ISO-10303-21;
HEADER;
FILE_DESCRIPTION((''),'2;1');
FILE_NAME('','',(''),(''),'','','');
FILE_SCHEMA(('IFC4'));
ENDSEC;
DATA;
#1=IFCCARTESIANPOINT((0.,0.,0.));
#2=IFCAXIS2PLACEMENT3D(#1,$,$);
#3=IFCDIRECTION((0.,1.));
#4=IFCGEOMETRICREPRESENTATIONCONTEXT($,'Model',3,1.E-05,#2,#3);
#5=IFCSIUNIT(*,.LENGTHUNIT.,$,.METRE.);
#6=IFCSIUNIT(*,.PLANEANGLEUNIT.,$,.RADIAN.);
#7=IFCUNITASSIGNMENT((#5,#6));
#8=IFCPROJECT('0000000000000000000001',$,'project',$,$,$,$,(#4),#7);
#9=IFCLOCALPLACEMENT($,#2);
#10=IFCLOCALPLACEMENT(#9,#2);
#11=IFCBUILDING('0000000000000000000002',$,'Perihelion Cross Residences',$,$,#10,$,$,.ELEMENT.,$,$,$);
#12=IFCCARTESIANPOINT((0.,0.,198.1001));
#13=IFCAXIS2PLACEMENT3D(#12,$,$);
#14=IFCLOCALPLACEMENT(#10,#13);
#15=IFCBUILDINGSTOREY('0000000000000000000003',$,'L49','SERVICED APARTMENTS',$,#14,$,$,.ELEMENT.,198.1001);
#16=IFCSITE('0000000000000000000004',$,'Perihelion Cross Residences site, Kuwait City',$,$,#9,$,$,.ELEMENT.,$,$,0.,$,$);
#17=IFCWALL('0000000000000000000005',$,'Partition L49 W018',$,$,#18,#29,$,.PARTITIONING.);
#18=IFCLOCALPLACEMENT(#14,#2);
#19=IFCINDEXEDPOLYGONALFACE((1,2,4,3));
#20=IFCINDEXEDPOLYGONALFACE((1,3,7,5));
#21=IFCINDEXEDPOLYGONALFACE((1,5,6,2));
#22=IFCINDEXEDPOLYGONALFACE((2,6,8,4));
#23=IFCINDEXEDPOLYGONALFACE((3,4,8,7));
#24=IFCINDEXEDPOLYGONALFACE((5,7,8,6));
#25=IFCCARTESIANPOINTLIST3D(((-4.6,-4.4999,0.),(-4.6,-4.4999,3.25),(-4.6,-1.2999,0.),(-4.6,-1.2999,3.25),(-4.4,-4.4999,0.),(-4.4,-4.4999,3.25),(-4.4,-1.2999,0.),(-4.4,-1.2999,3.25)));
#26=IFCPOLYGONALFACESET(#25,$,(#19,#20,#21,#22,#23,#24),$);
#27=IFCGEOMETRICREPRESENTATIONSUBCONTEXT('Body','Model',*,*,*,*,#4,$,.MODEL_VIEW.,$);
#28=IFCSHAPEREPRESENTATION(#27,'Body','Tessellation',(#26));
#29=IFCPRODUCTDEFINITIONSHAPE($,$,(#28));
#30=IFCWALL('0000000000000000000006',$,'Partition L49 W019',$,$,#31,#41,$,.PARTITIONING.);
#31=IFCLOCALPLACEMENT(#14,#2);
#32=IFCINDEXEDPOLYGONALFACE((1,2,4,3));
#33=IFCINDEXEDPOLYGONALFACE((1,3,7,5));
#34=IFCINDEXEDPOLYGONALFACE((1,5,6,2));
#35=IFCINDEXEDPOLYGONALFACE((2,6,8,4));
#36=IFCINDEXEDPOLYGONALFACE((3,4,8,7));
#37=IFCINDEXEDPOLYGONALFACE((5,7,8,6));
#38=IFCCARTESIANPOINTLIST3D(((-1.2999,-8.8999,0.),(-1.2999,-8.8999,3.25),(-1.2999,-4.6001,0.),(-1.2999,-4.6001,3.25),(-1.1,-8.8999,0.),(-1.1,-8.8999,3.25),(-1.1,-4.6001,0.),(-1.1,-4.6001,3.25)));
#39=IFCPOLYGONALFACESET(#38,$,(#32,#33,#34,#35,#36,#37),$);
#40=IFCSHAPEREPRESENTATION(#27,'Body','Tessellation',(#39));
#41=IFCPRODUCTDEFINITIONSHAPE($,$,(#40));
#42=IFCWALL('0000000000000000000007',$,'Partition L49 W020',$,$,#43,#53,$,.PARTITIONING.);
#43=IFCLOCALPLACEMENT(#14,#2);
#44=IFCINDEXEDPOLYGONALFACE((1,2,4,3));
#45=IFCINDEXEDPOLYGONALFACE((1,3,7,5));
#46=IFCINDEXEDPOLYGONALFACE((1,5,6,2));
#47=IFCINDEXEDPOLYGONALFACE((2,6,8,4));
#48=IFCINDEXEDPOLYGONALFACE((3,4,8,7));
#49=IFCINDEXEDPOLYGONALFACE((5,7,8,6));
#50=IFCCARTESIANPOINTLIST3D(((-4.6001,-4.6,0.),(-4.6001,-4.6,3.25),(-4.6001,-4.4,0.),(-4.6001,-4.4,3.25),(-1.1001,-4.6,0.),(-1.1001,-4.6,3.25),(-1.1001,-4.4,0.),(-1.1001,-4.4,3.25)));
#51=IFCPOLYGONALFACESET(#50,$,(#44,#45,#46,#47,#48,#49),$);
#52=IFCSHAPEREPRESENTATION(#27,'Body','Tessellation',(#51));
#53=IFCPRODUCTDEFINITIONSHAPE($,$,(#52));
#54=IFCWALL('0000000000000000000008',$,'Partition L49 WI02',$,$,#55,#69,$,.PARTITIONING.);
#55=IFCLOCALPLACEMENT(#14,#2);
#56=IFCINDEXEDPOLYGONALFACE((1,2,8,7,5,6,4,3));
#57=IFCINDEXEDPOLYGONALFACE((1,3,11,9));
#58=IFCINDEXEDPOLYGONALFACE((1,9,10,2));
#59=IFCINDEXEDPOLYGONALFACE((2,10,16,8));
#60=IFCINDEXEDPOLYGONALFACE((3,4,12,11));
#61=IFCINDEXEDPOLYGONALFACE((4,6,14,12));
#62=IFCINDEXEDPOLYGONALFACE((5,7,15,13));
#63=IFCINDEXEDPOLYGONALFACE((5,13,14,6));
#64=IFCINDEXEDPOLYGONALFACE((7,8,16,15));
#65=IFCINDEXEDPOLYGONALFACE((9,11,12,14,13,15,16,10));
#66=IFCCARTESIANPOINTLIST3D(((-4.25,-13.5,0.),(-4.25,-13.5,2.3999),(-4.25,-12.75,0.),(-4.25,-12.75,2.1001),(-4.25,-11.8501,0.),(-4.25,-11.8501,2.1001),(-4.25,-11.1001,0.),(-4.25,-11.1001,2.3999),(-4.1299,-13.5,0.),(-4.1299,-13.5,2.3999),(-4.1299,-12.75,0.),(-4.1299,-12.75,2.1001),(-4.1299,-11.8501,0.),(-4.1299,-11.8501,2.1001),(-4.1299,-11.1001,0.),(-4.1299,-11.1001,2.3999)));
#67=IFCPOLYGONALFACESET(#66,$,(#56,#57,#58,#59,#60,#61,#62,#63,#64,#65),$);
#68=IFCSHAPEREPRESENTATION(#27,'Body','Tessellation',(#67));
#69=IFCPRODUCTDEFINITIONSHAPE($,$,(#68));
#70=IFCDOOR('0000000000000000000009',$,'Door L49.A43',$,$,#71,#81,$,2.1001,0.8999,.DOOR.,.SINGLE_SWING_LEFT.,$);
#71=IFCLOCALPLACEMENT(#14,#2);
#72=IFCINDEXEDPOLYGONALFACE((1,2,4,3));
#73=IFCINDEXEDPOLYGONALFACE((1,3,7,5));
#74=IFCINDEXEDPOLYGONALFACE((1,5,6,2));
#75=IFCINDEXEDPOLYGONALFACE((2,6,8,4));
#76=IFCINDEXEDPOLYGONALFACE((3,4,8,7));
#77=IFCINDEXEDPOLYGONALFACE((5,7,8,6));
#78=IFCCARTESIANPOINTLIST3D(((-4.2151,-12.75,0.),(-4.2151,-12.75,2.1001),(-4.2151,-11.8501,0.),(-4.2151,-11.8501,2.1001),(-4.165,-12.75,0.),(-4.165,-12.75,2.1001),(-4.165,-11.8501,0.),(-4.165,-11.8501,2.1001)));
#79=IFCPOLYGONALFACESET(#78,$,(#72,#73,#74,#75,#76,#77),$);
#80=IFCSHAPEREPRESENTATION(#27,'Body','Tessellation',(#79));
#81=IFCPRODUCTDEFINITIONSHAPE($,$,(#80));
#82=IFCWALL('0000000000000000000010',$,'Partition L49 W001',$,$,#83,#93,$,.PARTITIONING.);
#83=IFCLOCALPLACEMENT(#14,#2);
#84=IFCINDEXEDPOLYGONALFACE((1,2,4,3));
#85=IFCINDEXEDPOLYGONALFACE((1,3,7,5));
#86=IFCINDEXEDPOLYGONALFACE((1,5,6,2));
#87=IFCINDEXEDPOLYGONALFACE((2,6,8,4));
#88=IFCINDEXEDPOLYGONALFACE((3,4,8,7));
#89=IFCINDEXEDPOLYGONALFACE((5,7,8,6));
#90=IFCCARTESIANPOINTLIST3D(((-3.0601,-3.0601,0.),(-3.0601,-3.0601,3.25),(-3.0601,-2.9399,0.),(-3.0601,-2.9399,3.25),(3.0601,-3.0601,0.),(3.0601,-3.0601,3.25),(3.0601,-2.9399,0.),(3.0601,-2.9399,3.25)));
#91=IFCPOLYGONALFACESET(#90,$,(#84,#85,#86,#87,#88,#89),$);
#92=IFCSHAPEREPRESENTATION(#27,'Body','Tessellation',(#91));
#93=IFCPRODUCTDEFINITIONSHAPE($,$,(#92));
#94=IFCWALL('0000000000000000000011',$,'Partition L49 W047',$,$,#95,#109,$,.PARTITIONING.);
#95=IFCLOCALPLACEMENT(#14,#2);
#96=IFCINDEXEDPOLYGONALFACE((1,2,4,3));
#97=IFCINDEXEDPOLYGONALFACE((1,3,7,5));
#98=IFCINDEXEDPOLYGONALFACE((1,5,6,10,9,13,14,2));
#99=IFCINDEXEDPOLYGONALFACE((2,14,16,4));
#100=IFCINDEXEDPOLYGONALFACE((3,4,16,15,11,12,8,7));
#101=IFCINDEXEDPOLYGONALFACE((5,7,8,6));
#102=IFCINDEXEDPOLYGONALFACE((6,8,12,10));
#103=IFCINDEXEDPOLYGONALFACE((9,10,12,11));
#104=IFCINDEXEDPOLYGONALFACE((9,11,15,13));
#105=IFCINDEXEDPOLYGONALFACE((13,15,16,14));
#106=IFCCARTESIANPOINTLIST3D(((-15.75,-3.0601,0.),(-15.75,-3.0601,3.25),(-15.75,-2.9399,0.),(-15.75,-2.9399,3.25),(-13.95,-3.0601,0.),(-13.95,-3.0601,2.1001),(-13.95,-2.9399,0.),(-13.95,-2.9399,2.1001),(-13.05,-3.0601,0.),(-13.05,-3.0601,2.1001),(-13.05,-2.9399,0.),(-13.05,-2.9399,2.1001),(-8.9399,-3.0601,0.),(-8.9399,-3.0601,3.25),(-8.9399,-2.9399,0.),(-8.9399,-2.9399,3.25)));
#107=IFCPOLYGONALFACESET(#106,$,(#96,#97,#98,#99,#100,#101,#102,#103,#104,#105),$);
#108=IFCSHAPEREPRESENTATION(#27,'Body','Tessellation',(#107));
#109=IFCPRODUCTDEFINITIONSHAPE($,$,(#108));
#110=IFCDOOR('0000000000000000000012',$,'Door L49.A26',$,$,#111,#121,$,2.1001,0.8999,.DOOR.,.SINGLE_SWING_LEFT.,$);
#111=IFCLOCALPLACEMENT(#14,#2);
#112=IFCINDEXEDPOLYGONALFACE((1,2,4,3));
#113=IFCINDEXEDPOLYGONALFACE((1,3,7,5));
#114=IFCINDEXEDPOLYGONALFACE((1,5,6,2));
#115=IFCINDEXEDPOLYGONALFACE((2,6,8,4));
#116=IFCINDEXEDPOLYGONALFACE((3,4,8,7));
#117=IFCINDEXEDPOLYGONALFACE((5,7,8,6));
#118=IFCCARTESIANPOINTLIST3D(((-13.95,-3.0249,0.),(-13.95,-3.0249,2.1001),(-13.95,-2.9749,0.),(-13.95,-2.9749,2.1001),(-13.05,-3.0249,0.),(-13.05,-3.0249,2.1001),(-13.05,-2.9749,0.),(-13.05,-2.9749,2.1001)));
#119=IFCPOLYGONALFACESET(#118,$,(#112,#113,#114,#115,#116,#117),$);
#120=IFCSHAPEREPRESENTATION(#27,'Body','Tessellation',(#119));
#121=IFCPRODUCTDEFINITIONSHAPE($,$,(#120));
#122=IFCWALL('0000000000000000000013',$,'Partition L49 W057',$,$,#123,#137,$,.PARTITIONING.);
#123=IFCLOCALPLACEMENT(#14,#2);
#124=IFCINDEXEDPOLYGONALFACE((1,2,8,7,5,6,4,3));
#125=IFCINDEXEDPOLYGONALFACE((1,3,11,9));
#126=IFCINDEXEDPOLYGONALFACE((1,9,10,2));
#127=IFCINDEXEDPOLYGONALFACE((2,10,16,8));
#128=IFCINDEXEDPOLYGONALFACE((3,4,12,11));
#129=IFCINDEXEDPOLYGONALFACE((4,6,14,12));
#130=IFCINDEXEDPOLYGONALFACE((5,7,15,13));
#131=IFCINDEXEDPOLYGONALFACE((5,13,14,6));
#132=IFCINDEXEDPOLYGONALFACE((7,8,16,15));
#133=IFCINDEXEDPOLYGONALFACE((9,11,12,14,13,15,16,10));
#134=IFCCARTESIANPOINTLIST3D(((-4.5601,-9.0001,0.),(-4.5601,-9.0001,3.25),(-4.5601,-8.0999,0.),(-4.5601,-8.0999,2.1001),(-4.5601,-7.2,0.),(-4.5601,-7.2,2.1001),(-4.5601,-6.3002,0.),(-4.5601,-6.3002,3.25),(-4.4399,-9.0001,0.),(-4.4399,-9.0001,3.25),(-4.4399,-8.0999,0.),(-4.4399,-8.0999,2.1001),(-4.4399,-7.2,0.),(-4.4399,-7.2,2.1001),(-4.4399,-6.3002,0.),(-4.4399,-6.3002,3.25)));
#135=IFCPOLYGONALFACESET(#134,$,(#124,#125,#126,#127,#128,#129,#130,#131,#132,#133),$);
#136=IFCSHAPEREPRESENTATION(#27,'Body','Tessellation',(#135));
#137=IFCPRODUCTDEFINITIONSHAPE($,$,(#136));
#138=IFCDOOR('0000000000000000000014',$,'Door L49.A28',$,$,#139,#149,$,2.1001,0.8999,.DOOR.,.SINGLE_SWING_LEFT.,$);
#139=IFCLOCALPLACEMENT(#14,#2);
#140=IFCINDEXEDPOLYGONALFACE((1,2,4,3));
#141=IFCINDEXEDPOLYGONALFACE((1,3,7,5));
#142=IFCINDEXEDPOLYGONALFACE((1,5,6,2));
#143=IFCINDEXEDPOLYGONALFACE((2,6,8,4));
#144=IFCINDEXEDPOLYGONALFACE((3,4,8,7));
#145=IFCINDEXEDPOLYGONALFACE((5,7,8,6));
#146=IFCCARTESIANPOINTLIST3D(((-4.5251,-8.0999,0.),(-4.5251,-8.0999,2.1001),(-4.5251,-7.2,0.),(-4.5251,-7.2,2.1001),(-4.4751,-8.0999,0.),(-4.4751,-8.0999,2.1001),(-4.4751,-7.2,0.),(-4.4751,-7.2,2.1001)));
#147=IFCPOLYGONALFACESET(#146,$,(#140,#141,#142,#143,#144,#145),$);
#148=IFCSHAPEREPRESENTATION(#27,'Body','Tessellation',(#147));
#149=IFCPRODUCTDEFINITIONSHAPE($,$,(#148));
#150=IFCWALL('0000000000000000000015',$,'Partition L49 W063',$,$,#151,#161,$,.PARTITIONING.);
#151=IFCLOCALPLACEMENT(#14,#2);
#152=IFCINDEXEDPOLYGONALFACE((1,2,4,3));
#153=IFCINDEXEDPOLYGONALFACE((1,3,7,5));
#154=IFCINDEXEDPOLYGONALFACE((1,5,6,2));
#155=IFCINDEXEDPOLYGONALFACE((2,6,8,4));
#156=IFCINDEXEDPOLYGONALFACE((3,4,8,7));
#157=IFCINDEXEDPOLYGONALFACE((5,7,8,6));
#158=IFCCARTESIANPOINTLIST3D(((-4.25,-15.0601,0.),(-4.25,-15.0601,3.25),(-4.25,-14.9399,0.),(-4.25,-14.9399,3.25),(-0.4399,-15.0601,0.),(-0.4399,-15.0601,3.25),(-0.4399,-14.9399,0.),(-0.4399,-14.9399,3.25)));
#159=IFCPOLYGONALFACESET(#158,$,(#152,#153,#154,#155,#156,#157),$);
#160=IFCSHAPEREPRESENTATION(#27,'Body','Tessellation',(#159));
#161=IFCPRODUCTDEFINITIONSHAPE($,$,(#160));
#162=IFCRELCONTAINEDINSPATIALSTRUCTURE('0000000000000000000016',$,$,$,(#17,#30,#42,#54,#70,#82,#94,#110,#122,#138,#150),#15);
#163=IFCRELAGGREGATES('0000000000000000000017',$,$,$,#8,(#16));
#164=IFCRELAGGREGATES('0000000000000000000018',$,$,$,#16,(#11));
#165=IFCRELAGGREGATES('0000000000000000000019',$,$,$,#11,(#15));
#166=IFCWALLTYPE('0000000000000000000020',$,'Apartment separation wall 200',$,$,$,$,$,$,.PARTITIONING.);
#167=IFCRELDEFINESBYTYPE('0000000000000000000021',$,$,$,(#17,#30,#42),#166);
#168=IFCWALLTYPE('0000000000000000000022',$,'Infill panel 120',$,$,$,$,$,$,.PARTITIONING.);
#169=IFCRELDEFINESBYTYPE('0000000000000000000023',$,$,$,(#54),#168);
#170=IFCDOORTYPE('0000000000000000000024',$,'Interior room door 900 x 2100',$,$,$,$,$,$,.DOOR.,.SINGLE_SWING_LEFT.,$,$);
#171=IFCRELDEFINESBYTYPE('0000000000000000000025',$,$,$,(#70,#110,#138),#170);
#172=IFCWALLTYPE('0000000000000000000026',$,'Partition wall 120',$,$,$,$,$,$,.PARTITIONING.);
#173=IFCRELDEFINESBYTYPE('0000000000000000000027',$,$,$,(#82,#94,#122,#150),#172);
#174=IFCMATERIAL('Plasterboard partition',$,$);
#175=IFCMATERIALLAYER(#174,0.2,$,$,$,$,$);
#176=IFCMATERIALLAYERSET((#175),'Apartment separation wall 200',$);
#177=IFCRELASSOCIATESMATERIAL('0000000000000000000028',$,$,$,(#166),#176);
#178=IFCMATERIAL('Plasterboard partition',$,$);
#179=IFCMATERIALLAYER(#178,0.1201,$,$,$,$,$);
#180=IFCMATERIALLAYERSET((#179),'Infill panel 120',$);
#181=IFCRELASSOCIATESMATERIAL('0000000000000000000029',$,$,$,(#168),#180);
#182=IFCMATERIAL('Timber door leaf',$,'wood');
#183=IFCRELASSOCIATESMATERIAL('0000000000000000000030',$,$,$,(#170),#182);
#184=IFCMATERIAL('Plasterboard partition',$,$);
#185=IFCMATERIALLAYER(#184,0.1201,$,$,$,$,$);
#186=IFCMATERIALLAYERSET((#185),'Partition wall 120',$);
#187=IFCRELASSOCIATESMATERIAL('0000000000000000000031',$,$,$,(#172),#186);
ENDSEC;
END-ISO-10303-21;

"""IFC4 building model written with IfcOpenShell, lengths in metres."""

from ifc_helpers import new_model, si_unit, direction, frame, frame_2d, origin, place, context, subcontext, project, spatial, rectangle, extrude, material, layer, layer_set, type_object, element, fill, save


model = new_model("IFC4")

# Units and contexts
model_context = context("Model", 3, precision=1e-05, world=origin(), true_north=direction((0.0, 1.0)))
body_context = subcontext(model_context, "Body", "Model", "MODEL_VIEW")
ifc_project = project(units=[si_unit("LENGTHUNIT", "METRE"), si_unit("PLANEANGLEUNIT", "RADIAN")], contexts=[model_context])

# Site, building, storey
site_placement = place(None, origin())
site = spatial("IfcSite", under=ifc_project, at=site_placement, Name="Perihelion Cross Residences site, Kuwait City", CompositionType="ELEMENT", RefElevation=0.0)
building_placement = place(site_placement, origin())
building = spatial("IfcBuilding", under=site, at=building_placement, Name="Perihelion Cross Residences", CompositionType="ELEMENT")
storey_placement = place(building_placement, frame((0.0, 0.0, 198.1001)))
storey = spatial("IfcBuildingStorey", under=building, at=storey_placement, Name="L49", Description="SERVICED APARTMENTS", CompositionType="ELEMENT", Elevation=198.1001)

# Walls
ifc_material_1 = material(Name="Plasterboard partition")
ifc_layer_1 = layer(ifc_material_1, 0.2)
ifc_layer_set_1 = layer_set([ifc_layer_1], Name="Apartment separation wall 200")
wall_type_1 = type_object("IfcWallType", Name="Apartment separation wall 200", PredefinedType="PARTITIONING", material=ifc_layer_set_1)
wall_1_placement = place(storey_placement, frame((-4.5, -4.5, 0.0), z_axis=(0.0, 0.0, 1.0), x_axis=(0.0, 1.0, 0.0)))
element("IfcWall", 1, at=wall_1_placement, inside=storey, type_object=wall_type_1, Name="Partition L49 W018", PredefinedType="PARTITIONING", context=body_context, shape_type="SweptSolid", body=[
    extrude(rectangle(XDim=3.2, YDim=0.2, at=frame_2d((1.6001, 0.0))), origin(), (0.0, 0.0, 1.0), 3.25),
])
wall_2_placement = place(storey_placement, frame((-1.2, -8.8999, 0.0), z_axis=(0.0, 0.0, 1.0), x_axis=(0.0, 1.0, 0.0)))
element("IfcWall", 2, at=wall_2_placement, inside=storey, type_object=wall_type_1, Name="Partition L49 W019", PredefinedType="PARTITIONING", context=body_context, shape_type="SweptSolid", body=[
    extrude(rectangle(XDim=4.2998, YDim=0.2, at=frame_2d((2.1499, 0.0))), origin(), (0.0, 0.0, 1.0), 3.25),
])
wall_3_placement = place(storey_placement, frame((-1.1001, -4.5, 0.0), z_axis=(0.0, 0.0, 1.0), x_axis=(-1.0, 0.0, 0.0)))
element("IfcWall", 3, at=wall_3_placement, inside=storey, type_object=wall_type_1, Name="Partition L49 W020", PredefinedType="PARTITIONING", context=body_context, shape_type="SweptSolid", body=[
    extrude(rectangle(XDim=3.5, YDim=0.2, at=frame_2d((1.75, 0.0))), origin(), (0.0, 0.0, 1.0), 3.25),
])

# Wall, opening, door
ifc_material_2 = material(Name="Plasterboard partition")
ifc_layer_2 = layer(ifc_material_2, 0.1201)
ifc_layer_set_2 = layer_set([ifc_layer_2], Name="Infill panel 120")
wall_type_2 = type_object("IfcWallType", Name="Infill panel 120", PredefinedType="PARTITIONING", material=ifc_layer_set_2)
wall_4_placement = place(storey_placement, frame((-4.1899, -11.1001, 0.0), z_axis=(0.0, 0.0, 1.0), x_axis=(0.0, -1.0, 0.0)))
wall_4 = element("IfcWall", 4, at=wall_4_placement, inside=storey, type_object=wall_type_2, Name="Partition L49 WI02", PredefinedType="PARTITIONING", context=body_context, shape_type="SweptSolid", body=[
    extrude(rectangle(XDim=2.3999, YDim=0.1201, at=frame_2d((1.2, 0.0))), origin(), (0.0, 0.0, 1.0), 2.3999),
])
opening_1_placement = place(wall_4_placement, frame((0.75, 0.0, 0.0)))
opening_1 = element("IfcOpeningElement", 5, at=opening_1_placement, cuts=wall_4, PredefinedType="OPENING", context=body_context, shape_type="SweptSolid", body=[
    extrude(rectangle(XDim=0.8999, YDim=2.1001, at=frame_2d((0.45, 1.05))), frame((0.0, 0.0701, 0.0), z_axis=(0.0, -1.0, 0.0), x_axis=(1.0, 0.0, 0.0)), (0.0, 0.0, 1.0), 0.1401),
])
ifc_material_3 = material(Name="Timber door leaf", Category="wood")
door_type_1 = type_object("IfcDoorType", Name="Interior room door 900 x 2100", OperationType="SINGLE_SWING_LEFT", PredefinedType="DOOR", material=ifc_material_3)
door_1_placement = place(opening_1_placement, origin())
door_1 = element("IfcDoor", 6, at=door_1_placement, inside=storey, type_object=door_type_1, Name="Door L49.A43", OperationType="SINGLE_SWING_LEFT", OverallHeight=2.1001, OverallWidth=0.8999, PredefinedType="DOOR", context=body_context, shape_type="SweptSolid", body=[
    extrude(rectangle(XDim=0.8999, YDim=2.1001, at=frame_2d((0.45, 1.05))), frame((0.0, 0.0249, 0.0), z_axis=(0.0, -1.0, 0.0), x_axis=(1.0, 0.0, 0.0)), (0.0, 0.0, 1.0), 0.05),
])
fill(opening_1, door_1)

# Wall
ifc_material_4 = material(Name="Plasterboard partition")
ifc_layer_3 = layer(ifc_material_4, 0.1201)
ifc_layer_set_3 = layer_set([ifc_layer_3], Name="Partition wall 120")
wall_type_3 = type_object("IfcWallType", Name="Partition wall 120", PredefinedType="PARTITIONING", material=ifc_layer_set_3)
wall_5_placement = place(storey_placement, frame((-3.0601, -3.0, 0.0), z_axis=(0.0, 0.0, 1.0), x_axis=(1.0, 0.0, 0.0)))
element("IfcWall", 7, at=wall_5_placement, inside=storey, type_object=wall_type_3, Name="Partition L49 W001", PredefinedType="PARTITIONING", context=body_context, shape_type="SweptSolid", body=[
    extrude(rectangle(XDim=6.1201, YDim=0.1201, at=frame_2d((3.0601, 0.0))), origin(), (0.0, 0.0, 1.0), 3.25),
])

# Walls, openings, doors
wall_6_placement = place(storey_placement, frame((-8.9399, -3.0, 0.0), z_axis=(0.0, 0.0, 1.0), x_axis=(-1.0, 0.0, 0.0)))
wall_6 = element("IfcWall", 8, at=wall_6_placement, inside=storey, type_object=wall_type_3, Name="Partition L49 W047", PredefinedType="PARTITIONING", context=body_context, shape_type="SweptSolid", body=[
    extrude(rectangle(XDim=6.8101, YDim=0.1201, at=frame_2d((3.405, 0.0))), origin(), (0.0, 0.0, 1.0), 3.25),
])
opening_2_placement = place(wall_6_placement, frame((4.1101, 0.0, 0.0)))
opening_2 = element("IfcOpeningElement", 9, at=opening_2_placement, cuts=wall_6, PredefinedType="OPENING", context=body_context, shape_type="SweptSolid", body=[
    extrude(rectangle(XDim=0.8999, YDim=2.1001, at=frame_2d((0.45, 1.05))), frame((0.0, 0.0701, 0.0), z_axis=(0.0, -1.0, 0.0), x_axis=(1.0, 0.0, 0.0)), (0.0, 0.0, 1.0), 0.1401),
])
door_2_placement = place(opening_2_placement, origin())
door_2 = element("IfcDoor", 10, at=door_2_placement, inside=storey, type_object=door_type_1, Name="Door L49.A26", OperationType="SINGLE_SWING_LEFT", OverallHeight=2.1001, OverallWidth=0.8999, PredefinedType="DOOR", context=body_context, shape_type="SweptSolid", body=[
    extrude(rectangle(XDim=0.8999, YDim=2.1001, at=frame_2d((0.45, 1.05))), frame((0.0, 0.0249, 0.0), z_axis=(0.0, -1.0, 0.0), x_axis=(1.0, 0.0, 0.0)), (0.0, 0.0, 1.0), 0.05),
])
fill(opening_2, door_2)
wall_7_placement = place(storey_placement, frame((-4.5, -6.3, 0.0), z_axis=(0.0, 0.0, 1.0), x_axis=(0.0, -1.0, 0.0)))
wall_7 = element("IfcWall", 11, at=wall_7_placement, inside=storey, type_object=wall_type_3, Name="Partition L49 W057", PredefinedType="PARTITIONING", context=body_context, shape_type="SweptSolid", body=[
    extrude(rectangle(XDim=2.7, YDim=0.1201, at=frame_2d((1.3501, 0.0))), origin(), (0.0, 0.0, 1.0), 3.25),
])
opening_3_placement = place(wall_7_placement, frame((0.8999, 0.0, 0.0)))
opening_3 = element("IfcOpeningElement", 12, at=opening_3_placement, cuts=wall_7, PredefinedType="OPENING", context=body_context, shape_type="SweptSolid", body=[
    extrude(rectangle(XDim=0.8999, YDim=2.1001, at=frame_2d((0.45, 1.05))), frame((0.0, 0.0701, 0.0), z_axis=(0.0, -1.0, 0.0), x_axis=(1.0, 0.0, 0.0)), (0.0, 0.0, 1.0), 0.1401),
])
door_3_placement = place(opening_3_placement, origin())
door_3 = element("IfcDoor", 13, at=door_3_placement, inside=storey, type_object=door_type_1, Name="Door L49.A28", OperationType="SINGLE_SWING_LEFT", OverallHeight=2.1001, OverallWidth=0.8999, PredefinedType="DOOR", context=body_context, shape_type="SweptSolid", body=[
    extrude(rectangle(XDim=0.8999, YDim=2.1001, at=frame_2d((0.45, 1.05))), frame((0.0, 0.0249, 0.0), z_axis=(0.0, -1.0, 0.0), x_axis=(1.0, 0.0, 0.0)), (0.0, 0.0, 1.0), 0.05),
])
fill(opening_3, door_3)

# Wall
wall_8_placement = place(storey_placement, frame((-0.4399, -15.0, 0.0), z_axis=(0.0, 0.0, 1.0), x_axis=(-1.0, 0.0, 0.0)))
element("IfcWall", 14, at=wall_8_placement, inside=storey, type_object=wall_type_3, Name="Partition L49 W063", PredefinedType="PARTITIONING", context=body_context, shape_type="SweptSolid", body=[
    extrude(rectangle(XDim=3.8101, YDim=0.1201, at=frame_2d((1.905, 0.0))), origin(), (0.0, 0.0, 1.0), 3.25),
])

save(model, "model.ifc")
